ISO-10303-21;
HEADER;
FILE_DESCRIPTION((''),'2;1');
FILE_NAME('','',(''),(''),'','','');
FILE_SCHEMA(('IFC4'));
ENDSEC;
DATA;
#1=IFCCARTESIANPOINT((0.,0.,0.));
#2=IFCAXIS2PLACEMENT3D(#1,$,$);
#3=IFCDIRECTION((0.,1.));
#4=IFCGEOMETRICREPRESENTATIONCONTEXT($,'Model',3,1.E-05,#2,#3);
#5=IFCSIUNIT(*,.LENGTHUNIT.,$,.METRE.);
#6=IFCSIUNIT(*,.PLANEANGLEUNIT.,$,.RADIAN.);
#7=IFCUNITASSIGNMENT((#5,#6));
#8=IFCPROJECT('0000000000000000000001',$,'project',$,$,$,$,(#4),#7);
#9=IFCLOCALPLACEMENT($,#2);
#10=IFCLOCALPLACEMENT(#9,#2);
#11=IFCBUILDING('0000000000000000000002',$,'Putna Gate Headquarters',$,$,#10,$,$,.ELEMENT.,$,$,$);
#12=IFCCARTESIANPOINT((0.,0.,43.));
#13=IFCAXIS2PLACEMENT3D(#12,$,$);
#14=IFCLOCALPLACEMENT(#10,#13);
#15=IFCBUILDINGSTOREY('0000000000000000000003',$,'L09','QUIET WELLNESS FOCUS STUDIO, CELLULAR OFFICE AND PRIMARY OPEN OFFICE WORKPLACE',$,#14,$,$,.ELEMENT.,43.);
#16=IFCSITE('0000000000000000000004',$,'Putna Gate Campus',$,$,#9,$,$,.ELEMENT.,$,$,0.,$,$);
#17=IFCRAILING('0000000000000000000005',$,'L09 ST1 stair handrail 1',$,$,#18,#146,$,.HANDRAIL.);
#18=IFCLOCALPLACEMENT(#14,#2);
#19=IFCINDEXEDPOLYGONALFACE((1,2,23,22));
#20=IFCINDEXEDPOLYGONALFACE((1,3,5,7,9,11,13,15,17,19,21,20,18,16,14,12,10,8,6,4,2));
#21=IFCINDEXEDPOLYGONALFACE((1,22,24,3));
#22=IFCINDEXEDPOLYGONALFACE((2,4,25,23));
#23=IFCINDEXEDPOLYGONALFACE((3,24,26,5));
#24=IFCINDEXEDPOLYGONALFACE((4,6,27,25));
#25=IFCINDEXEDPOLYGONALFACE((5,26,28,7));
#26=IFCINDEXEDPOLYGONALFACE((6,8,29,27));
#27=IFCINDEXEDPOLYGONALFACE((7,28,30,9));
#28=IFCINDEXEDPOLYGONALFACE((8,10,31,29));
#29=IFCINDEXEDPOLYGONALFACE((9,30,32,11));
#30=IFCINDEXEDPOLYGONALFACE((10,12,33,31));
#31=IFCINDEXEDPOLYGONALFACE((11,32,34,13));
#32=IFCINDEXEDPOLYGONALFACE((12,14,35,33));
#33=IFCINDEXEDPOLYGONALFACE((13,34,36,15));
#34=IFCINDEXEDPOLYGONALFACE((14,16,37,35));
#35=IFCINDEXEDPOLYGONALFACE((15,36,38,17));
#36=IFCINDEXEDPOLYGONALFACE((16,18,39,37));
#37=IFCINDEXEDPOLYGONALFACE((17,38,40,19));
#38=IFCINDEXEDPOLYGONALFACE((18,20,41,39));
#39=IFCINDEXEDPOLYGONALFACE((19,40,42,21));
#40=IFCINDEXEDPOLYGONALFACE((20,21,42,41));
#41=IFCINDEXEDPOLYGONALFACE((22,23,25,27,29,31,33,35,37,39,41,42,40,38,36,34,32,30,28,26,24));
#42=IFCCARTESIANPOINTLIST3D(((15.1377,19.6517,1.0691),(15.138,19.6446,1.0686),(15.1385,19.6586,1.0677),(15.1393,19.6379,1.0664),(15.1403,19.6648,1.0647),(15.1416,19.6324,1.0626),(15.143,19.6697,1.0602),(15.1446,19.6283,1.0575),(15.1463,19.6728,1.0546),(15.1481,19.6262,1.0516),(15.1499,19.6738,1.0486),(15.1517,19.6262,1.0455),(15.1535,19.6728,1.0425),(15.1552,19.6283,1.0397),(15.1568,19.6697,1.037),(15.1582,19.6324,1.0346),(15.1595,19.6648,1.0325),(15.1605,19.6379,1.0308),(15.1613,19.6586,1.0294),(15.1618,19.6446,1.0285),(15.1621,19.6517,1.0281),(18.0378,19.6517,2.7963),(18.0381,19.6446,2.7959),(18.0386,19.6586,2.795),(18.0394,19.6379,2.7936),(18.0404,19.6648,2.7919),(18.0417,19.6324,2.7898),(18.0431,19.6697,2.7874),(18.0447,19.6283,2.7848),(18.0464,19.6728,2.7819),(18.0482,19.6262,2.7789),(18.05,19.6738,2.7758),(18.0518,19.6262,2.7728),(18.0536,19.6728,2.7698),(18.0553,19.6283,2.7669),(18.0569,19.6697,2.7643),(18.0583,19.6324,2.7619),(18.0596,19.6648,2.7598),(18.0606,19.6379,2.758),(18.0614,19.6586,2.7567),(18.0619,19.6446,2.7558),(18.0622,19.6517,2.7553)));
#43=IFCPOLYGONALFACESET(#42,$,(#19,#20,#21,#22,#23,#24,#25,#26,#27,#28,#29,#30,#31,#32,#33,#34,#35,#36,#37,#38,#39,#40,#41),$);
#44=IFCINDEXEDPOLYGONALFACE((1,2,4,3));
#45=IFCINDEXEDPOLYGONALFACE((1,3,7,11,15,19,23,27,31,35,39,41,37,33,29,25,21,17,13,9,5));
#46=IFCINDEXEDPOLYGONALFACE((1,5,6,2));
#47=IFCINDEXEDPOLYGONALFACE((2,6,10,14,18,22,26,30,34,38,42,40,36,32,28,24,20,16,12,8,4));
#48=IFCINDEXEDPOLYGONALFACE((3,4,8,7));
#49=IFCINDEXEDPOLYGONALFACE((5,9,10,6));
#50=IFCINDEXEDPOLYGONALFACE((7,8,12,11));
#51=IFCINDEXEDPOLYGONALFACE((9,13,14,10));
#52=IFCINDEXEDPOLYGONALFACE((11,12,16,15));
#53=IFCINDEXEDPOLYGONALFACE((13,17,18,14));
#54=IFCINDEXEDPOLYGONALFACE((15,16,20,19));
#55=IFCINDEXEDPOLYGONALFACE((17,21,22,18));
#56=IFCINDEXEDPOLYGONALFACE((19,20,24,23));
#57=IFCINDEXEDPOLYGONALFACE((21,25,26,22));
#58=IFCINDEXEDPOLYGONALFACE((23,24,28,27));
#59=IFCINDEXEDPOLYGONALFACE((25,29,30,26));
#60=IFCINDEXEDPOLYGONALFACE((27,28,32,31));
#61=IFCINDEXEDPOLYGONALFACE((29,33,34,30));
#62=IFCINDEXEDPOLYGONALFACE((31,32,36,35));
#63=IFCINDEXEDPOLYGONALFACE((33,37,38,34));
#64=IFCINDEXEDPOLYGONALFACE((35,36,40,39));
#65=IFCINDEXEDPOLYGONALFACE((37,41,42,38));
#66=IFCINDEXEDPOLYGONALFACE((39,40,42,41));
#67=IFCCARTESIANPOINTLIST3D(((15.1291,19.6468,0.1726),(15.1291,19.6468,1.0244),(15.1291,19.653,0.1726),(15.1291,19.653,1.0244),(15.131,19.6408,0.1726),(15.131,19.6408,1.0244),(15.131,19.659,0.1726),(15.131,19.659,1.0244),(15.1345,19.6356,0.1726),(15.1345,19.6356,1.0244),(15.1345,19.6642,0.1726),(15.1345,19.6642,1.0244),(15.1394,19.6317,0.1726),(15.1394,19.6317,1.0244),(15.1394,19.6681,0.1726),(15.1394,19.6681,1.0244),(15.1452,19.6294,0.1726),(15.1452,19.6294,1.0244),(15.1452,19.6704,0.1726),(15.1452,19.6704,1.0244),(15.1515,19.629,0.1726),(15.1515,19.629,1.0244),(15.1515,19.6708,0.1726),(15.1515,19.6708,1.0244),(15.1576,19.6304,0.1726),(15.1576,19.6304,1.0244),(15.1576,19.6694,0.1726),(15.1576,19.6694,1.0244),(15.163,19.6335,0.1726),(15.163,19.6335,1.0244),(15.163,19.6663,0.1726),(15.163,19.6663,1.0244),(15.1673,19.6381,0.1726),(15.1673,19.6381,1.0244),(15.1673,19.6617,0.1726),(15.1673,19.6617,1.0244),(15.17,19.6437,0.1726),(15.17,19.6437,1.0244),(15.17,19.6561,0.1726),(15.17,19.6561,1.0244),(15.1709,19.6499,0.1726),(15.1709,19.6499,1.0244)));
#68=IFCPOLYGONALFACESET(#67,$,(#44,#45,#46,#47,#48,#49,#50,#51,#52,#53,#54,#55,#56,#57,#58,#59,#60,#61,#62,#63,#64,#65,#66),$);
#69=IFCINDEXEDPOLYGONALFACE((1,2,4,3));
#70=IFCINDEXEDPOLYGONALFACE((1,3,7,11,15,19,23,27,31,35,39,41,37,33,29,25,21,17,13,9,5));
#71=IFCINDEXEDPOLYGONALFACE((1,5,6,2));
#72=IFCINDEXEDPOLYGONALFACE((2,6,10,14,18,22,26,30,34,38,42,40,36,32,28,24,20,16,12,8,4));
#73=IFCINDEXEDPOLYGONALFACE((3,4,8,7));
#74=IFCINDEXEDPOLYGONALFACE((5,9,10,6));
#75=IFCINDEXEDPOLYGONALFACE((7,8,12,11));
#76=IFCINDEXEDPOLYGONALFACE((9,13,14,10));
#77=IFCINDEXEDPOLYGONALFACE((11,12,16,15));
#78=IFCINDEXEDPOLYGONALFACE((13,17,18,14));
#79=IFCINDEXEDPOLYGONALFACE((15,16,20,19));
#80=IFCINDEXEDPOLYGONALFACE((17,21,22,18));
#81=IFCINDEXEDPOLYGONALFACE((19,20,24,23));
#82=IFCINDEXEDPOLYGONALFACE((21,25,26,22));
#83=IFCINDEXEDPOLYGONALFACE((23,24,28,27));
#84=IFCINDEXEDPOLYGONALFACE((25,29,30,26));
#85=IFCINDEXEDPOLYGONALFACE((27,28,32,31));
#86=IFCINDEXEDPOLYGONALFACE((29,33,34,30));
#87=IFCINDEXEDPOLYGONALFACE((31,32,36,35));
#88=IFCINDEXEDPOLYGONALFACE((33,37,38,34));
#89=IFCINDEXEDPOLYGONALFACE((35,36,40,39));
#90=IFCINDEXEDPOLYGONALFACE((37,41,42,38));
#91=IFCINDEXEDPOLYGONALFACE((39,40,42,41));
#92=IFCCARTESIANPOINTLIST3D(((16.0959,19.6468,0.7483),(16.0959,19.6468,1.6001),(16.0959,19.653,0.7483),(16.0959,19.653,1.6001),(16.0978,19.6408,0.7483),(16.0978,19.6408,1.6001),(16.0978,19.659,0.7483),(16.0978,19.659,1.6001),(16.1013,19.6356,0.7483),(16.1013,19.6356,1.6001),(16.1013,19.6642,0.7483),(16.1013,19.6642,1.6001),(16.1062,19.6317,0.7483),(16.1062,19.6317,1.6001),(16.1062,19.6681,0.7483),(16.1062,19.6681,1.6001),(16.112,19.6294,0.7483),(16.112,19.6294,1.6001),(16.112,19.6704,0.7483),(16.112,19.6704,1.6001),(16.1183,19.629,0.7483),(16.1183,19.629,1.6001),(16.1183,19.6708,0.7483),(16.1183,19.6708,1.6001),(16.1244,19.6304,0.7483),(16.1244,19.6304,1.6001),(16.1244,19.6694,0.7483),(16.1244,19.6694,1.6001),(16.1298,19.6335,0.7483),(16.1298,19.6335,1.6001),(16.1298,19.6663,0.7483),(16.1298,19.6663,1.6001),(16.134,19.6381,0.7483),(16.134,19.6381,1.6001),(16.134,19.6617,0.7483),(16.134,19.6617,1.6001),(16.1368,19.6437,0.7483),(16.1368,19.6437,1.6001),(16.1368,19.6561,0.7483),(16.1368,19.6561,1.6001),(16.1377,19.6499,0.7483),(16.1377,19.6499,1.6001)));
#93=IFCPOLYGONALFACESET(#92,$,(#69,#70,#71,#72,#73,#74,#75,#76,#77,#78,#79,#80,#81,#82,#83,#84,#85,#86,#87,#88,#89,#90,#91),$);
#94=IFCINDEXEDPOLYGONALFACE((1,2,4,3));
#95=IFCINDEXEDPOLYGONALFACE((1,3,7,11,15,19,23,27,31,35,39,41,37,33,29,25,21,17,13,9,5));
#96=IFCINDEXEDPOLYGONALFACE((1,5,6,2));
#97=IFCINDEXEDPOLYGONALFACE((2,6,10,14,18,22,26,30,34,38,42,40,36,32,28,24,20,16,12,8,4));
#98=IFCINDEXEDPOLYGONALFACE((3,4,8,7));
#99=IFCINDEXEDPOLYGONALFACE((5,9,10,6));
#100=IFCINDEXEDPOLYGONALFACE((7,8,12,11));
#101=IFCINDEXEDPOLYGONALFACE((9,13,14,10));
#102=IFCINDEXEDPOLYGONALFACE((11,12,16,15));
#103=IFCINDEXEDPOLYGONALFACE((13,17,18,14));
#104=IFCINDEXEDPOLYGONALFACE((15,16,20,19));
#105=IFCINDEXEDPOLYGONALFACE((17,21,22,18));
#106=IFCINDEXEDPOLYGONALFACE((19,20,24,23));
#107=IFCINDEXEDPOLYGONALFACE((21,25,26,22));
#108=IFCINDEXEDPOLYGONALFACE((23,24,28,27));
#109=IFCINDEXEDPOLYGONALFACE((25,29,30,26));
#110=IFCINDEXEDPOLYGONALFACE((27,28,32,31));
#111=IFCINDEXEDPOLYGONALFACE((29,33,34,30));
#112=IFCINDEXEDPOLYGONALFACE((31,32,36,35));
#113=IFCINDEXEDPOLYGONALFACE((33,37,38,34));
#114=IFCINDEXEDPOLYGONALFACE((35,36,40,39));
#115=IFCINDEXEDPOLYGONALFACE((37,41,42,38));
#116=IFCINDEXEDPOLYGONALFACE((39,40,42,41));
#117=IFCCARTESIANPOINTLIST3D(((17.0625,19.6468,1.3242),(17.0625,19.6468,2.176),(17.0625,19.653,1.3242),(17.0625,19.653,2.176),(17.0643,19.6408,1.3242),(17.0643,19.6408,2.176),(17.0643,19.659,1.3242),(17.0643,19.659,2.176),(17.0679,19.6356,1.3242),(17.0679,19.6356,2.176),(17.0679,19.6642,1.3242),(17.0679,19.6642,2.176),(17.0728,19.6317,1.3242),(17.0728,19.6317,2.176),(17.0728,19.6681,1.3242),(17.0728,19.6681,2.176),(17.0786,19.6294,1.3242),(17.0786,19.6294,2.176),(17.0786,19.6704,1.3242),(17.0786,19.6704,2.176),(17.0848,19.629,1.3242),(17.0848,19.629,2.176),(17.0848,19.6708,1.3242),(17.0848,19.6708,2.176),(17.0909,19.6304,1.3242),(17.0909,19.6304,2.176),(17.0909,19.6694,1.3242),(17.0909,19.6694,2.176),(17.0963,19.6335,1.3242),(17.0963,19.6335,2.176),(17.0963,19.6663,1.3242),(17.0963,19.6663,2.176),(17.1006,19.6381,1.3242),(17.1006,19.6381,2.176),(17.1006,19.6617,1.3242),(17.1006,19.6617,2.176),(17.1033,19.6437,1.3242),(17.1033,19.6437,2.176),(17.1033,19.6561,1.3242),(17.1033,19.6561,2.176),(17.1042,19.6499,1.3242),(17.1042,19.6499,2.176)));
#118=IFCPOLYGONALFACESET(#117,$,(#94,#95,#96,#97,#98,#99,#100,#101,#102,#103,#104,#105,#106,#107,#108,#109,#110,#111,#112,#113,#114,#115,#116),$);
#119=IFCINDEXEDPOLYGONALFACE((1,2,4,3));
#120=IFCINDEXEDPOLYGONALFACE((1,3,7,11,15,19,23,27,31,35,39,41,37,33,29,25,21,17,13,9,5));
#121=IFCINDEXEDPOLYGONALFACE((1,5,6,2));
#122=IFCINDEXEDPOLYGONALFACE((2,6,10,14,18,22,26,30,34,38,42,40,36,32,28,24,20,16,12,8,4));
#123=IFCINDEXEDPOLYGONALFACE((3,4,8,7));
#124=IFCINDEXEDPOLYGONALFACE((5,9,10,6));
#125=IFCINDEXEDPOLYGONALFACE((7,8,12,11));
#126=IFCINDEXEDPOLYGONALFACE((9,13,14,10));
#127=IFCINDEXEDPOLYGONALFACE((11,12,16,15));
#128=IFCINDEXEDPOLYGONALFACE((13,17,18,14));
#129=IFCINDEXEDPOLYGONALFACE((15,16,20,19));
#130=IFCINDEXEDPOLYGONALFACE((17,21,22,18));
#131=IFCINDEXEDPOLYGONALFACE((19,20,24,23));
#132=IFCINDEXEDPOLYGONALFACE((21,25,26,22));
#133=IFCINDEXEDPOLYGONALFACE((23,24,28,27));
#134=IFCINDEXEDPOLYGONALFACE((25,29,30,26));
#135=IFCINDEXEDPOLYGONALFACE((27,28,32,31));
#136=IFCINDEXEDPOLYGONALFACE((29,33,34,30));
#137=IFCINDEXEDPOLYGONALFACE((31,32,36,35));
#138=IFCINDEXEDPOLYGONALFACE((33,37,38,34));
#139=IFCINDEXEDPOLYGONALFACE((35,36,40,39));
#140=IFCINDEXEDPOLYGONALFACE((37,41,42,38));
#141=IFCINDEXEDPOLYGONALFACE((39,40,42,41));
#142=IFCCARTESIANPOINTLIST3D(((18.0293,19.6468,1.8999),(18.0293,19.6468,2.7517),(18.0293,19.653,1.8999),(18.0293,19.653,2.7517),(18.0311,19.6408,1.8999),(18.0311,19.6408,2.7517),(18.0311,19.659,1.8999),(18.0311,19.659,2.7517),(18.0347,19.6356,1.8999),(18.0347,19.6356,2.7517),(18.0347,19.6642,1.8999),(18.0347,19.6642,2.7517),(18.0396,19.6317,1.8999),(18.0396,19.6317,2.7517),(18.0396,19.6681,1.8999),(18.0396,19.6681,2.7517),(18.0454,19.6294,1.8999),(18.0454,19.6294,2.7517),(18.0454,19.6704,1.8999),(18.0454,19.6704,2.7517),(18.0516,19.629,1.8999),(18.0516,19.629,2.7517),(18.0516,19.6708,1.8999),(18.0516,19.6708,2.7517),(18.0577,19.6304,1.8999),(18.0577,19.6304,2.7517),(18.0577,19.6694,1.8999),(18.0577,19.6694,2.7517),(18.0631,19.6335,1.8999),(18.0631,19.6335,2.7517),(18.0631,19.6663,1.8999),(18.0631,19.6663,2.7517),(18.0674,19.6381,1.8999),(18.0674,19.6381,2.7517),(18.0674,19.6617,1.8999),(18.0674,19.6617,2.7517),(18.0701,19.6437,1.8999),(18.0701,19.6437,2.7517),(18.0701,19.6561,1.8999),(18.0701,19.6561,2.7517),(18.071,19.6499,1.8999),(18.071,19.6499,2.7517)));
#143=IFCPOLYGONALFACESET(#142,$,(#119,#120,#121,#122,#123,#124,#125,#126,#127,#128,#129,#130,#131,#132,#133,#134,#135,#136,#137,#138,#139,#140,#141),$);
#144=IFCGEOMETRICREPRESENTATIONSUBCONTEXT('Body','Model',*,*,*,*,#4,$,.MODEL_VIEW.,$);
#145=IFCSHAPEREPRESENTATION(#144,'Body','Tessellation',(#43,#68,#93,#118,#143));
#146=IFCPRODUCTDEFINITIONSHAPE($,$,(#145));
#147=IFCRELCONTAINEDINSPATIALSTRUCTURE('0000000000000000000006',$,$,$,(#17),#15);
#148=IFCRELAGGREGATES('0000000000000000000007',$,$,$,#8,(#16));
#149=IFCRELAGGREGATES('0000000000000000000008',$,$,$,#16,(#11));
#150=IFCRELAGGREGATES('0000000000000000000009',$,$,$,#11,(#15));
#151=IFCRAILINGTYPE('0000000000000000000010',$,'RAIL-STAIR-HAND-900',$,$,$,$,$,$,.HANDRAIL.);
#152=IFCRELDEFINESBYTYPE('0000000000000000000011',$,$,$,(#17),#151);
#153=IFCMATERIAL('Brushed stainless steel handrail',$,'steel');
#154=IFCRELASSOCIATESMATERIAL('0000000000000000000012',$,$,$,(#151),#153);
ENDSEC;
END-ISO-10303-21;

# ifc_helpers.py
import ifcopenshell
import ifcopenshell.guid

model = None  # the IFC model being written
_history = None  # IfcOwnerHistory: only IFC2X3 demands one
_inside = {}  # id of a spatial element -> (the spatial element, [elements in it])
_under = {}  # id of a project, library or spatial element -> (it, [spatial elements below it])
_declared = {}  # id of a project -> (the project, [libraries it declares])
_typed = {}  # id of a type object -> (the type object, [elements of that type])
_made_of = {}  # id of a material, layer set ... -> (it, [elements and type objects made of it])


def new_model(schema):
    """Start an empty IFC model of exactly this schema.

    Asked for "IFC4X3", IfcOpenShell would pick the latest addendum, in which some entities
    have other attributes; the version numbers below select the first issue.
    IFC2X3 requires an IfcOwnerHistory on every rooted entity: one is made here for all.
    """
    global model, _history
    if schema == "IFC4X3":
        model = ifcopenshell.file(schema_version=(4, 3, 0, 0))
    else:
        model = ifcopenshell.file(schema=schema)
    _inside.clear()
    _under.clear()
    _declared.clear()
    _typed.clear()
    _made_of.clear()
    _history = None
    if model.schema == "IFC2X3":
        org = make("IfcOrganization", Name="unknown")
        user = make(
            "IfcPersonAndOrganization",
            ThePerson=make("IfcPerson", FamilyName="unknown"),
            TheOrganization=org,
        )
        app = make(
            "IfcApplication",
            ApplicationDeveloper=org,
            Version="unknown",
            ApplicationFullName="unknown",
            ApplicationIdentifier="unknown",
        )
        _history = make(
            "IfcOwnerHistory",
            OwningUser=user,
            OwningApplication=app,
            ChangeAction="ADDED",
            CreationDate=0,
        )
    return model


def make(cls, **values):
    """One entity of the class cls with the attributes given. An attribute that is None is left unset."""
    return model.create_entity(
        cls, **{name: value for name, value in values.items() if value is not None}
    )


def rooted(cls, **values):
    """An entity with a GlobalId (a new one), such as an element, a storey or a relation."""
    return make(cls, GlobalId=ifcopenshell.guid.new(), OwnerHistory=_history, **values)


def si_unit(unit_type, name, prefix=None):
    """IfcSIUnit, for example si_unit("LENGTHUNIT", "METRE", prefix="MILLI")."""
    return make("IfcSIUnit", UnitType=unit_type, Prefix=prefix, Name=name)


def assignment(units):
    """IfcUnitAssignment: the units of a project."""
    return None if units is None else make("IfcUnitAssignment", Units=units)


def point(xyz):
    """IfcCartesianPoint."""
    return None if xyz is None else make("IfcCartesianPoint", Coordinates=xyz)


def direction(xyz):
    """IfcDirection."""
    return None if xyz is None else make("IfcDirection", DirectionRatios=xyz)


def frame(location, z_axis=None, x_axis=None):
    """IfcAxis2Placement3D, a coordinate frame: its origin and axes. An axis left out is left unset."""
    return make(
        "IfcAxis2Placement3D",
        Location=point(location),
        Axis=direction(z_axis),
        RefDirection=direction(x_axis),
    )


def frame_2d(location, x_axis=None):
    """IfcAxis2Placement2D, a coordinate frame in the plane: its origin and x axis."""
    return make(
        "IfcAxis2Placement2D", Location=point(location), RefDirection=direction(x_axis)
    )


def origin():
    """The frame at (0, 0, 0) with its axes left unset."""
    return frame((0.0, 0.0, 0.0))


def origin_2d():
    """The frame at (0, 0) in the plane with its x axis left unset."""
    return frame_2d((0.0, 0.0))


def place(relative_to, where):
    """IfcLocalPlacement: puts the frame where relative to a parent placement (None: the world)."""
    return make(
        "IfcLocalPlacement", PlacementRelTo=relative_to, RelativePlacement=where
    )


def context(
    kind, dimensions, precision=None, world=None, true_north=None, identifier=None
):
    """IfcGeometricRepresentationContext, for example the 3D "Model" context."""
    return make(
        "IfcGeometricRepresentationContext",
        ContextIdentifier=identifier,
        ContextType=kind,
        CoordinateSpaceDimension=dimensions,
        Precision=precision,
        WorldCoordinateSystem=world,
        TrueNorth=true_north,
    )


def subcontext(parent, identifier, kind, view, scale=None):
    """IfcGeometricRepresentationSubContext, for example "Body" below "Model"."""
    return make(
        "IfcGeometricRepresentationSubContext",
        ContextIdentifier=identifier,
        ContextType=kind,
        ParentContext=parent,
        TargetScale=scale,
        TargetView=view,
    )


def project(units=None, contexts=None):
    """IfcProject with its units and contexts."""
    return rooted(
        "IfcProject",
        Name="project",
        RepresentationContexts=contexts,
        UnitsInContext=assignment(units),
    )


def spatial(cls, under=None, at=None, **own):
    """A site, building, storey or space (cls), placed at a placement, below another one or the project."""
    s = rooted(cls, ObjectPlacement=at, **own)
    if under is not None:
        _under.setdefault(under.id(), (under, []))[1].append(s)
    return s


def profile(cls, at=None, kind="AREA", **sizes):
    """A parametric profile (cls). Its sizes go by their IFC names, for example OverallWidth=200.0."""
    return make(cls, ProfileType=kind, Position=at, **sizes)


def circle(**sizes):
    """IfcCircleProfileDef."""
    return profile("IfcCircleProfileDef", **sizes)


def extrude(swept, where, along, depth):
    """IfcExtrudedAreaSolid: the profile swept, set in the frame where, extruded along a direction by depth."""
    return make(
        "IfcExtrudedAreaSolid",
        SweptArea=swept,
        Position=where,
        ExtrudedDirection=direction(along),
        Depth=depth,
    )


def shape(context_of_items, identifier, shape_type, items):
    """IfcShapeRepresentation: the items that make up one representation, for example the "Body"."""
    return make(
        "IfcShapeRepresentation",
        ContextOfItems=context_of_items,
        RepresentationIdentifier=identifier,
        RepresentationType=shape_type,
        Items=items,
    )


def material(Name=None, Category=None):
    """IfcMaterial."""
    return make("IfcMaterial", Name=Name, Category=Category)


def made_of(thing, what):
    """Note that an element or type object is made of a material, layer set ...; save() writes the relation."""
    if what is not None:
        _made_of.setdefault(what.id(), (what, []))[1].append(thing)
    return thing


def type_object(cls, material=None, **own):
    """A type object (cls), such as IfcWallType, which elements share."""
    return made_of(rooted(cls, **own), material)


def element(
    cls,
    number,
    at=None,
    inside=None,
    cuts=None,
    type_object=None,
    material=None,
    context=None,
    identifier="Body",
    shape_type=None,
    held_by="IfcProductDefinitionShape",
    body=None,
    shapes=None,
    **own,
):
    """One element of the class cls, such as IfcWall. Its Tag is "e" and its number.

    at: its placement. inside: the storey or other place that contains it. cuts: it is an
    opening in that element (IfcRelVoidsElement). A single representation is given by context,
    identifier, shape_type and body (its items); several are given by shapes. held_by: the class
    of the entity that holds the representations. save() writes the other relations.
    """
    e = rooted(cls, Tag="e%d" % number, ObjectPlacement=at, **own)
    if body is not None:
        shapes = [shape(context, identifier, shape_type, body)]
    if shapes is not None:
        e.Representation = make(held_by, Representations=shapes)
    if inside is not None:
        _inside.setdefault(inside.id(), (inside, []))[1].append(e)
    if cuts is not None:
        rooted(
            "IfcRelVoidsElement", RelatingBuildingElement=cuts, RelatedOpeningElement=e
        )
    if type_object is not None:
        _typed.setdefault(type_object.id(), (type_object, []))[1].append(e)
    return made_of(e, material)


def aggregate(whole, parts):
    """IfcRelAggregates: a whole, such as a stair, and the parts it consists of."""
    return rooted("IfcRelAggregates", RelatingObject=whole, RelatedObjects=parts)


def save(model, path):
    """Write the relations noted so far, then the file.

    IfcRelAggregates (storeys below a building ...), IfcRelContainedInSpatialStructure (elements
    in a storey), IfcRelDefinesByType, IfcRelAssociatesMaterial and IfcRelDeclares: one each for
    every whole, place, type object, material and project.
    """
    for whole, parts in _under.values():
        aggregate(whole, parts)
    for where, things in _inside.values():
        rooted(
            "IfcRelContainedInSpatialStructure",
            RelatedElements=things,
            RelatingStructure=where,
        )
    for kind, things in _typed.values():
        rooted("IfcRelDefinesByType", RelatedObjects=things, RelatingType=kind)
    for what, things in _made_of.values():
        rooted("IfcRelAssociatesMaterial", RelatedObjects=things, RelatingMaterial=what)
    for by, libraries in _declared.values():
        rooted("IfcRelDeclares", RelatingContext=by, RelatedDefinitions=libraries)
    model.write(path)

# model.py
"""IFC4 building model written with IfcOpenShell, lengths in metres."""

from ifc_helpers import new_model, si_unit, direction, frame, origin, origin_2d, place, context, subcontext, project, spatial, circle, extrude, material, type_object, element, save


model = new_model("IFC4")

# Units and contexts
model_context = context("Model", 3, precision=1e-05, world=origin(), true_north=direction((0.0, 1.0)))
body_context = subcontext(model_context, "Body", "Model", "MODEL_VIEW")
ifc_project = project(units=[si_unit("LENGTHUNIT", "METRE"), si_unit("PLANEANGLEUNIT", "RADIAN")], contexts=[model_context])

# Site, building, storey
site_placement = place(None, origin())
site = spatial("IfcSite", under=ifc_project, at=site_placement, Name="Putna Gate Campus", CompositionType="ELEMENT", RefElevation=0.0)
building_placement = place(site_placement, origin())
building = spatial("IfcBuilding", under=site, at=building_placement, Name="Putna Gate Headquarters", CompositionType="ELEMENT")
storey_placement = place(building_placement, frame((0.0, 0.0, 43.0)))
storey = spatial("IfcBuildingStorey", under=building, at=storey_placement, Name="L09", Description="QUIET WELLNESS FOCUS STUDIO, CELLULAR OFFICE AND PRIMARY OPEN OFFICE WORKPLACE", CompositionType="ELEMENT", Elevation=43.0)

# Railing
ifc_material_1 = material(Name="Brushed stainless steel handrail", Category="steel")
railing_type_1 = type_object("IfcRailingType", Name="RAIL-STAIR-HAND-900", PredefinedType="HANDRAIL", material=ifc_material_1)
railing_1_placement = place(storey_placement, frame((15.1499, 19.6499, 0.1726)))
element("IfcRailing", 1, at=railing_1_placement, inside=storey, type_object=railing_type_1, Name="L09 ST1 stair handrail 1", PredefinedType="HANDRAIL", context=body_context, shape_type="SweptSolid", body=[
    extrude(circle(Radius=0.0239, at=origin_2d()), frame((0.0, 0.0, 0.876), z_axis=(0.85916, 0.0, 0.511706), x_axis=(0.0, 1.0, 0.0)), (0.0, 0.0, 1.0), 3.3755),
    extrude(circle(Radius=0.021, at=origin_2d()), origin(), (0.0, 0.0, 1.0), 0.8518),
    extrude(circle(Radius=0.021, at=origin_2d()), frame((0.9668, 0.0, 0.5757)), (0.0, 0.0, 1.0), 0.8518),
    extrude(circle(Radius=0.021, at=origin_2d()), frame((1.9333, 0.0, 1.1516)), (0.0, 0.0, 1.0), 0.8518),
    extrude(circle(Radius=0.021, at=origin_2d()), frame((2.9001, 0.0, 1.7273)), (0.0, 0.0, 1.0), 0.8518),
])

save(model, "model.ifc")
